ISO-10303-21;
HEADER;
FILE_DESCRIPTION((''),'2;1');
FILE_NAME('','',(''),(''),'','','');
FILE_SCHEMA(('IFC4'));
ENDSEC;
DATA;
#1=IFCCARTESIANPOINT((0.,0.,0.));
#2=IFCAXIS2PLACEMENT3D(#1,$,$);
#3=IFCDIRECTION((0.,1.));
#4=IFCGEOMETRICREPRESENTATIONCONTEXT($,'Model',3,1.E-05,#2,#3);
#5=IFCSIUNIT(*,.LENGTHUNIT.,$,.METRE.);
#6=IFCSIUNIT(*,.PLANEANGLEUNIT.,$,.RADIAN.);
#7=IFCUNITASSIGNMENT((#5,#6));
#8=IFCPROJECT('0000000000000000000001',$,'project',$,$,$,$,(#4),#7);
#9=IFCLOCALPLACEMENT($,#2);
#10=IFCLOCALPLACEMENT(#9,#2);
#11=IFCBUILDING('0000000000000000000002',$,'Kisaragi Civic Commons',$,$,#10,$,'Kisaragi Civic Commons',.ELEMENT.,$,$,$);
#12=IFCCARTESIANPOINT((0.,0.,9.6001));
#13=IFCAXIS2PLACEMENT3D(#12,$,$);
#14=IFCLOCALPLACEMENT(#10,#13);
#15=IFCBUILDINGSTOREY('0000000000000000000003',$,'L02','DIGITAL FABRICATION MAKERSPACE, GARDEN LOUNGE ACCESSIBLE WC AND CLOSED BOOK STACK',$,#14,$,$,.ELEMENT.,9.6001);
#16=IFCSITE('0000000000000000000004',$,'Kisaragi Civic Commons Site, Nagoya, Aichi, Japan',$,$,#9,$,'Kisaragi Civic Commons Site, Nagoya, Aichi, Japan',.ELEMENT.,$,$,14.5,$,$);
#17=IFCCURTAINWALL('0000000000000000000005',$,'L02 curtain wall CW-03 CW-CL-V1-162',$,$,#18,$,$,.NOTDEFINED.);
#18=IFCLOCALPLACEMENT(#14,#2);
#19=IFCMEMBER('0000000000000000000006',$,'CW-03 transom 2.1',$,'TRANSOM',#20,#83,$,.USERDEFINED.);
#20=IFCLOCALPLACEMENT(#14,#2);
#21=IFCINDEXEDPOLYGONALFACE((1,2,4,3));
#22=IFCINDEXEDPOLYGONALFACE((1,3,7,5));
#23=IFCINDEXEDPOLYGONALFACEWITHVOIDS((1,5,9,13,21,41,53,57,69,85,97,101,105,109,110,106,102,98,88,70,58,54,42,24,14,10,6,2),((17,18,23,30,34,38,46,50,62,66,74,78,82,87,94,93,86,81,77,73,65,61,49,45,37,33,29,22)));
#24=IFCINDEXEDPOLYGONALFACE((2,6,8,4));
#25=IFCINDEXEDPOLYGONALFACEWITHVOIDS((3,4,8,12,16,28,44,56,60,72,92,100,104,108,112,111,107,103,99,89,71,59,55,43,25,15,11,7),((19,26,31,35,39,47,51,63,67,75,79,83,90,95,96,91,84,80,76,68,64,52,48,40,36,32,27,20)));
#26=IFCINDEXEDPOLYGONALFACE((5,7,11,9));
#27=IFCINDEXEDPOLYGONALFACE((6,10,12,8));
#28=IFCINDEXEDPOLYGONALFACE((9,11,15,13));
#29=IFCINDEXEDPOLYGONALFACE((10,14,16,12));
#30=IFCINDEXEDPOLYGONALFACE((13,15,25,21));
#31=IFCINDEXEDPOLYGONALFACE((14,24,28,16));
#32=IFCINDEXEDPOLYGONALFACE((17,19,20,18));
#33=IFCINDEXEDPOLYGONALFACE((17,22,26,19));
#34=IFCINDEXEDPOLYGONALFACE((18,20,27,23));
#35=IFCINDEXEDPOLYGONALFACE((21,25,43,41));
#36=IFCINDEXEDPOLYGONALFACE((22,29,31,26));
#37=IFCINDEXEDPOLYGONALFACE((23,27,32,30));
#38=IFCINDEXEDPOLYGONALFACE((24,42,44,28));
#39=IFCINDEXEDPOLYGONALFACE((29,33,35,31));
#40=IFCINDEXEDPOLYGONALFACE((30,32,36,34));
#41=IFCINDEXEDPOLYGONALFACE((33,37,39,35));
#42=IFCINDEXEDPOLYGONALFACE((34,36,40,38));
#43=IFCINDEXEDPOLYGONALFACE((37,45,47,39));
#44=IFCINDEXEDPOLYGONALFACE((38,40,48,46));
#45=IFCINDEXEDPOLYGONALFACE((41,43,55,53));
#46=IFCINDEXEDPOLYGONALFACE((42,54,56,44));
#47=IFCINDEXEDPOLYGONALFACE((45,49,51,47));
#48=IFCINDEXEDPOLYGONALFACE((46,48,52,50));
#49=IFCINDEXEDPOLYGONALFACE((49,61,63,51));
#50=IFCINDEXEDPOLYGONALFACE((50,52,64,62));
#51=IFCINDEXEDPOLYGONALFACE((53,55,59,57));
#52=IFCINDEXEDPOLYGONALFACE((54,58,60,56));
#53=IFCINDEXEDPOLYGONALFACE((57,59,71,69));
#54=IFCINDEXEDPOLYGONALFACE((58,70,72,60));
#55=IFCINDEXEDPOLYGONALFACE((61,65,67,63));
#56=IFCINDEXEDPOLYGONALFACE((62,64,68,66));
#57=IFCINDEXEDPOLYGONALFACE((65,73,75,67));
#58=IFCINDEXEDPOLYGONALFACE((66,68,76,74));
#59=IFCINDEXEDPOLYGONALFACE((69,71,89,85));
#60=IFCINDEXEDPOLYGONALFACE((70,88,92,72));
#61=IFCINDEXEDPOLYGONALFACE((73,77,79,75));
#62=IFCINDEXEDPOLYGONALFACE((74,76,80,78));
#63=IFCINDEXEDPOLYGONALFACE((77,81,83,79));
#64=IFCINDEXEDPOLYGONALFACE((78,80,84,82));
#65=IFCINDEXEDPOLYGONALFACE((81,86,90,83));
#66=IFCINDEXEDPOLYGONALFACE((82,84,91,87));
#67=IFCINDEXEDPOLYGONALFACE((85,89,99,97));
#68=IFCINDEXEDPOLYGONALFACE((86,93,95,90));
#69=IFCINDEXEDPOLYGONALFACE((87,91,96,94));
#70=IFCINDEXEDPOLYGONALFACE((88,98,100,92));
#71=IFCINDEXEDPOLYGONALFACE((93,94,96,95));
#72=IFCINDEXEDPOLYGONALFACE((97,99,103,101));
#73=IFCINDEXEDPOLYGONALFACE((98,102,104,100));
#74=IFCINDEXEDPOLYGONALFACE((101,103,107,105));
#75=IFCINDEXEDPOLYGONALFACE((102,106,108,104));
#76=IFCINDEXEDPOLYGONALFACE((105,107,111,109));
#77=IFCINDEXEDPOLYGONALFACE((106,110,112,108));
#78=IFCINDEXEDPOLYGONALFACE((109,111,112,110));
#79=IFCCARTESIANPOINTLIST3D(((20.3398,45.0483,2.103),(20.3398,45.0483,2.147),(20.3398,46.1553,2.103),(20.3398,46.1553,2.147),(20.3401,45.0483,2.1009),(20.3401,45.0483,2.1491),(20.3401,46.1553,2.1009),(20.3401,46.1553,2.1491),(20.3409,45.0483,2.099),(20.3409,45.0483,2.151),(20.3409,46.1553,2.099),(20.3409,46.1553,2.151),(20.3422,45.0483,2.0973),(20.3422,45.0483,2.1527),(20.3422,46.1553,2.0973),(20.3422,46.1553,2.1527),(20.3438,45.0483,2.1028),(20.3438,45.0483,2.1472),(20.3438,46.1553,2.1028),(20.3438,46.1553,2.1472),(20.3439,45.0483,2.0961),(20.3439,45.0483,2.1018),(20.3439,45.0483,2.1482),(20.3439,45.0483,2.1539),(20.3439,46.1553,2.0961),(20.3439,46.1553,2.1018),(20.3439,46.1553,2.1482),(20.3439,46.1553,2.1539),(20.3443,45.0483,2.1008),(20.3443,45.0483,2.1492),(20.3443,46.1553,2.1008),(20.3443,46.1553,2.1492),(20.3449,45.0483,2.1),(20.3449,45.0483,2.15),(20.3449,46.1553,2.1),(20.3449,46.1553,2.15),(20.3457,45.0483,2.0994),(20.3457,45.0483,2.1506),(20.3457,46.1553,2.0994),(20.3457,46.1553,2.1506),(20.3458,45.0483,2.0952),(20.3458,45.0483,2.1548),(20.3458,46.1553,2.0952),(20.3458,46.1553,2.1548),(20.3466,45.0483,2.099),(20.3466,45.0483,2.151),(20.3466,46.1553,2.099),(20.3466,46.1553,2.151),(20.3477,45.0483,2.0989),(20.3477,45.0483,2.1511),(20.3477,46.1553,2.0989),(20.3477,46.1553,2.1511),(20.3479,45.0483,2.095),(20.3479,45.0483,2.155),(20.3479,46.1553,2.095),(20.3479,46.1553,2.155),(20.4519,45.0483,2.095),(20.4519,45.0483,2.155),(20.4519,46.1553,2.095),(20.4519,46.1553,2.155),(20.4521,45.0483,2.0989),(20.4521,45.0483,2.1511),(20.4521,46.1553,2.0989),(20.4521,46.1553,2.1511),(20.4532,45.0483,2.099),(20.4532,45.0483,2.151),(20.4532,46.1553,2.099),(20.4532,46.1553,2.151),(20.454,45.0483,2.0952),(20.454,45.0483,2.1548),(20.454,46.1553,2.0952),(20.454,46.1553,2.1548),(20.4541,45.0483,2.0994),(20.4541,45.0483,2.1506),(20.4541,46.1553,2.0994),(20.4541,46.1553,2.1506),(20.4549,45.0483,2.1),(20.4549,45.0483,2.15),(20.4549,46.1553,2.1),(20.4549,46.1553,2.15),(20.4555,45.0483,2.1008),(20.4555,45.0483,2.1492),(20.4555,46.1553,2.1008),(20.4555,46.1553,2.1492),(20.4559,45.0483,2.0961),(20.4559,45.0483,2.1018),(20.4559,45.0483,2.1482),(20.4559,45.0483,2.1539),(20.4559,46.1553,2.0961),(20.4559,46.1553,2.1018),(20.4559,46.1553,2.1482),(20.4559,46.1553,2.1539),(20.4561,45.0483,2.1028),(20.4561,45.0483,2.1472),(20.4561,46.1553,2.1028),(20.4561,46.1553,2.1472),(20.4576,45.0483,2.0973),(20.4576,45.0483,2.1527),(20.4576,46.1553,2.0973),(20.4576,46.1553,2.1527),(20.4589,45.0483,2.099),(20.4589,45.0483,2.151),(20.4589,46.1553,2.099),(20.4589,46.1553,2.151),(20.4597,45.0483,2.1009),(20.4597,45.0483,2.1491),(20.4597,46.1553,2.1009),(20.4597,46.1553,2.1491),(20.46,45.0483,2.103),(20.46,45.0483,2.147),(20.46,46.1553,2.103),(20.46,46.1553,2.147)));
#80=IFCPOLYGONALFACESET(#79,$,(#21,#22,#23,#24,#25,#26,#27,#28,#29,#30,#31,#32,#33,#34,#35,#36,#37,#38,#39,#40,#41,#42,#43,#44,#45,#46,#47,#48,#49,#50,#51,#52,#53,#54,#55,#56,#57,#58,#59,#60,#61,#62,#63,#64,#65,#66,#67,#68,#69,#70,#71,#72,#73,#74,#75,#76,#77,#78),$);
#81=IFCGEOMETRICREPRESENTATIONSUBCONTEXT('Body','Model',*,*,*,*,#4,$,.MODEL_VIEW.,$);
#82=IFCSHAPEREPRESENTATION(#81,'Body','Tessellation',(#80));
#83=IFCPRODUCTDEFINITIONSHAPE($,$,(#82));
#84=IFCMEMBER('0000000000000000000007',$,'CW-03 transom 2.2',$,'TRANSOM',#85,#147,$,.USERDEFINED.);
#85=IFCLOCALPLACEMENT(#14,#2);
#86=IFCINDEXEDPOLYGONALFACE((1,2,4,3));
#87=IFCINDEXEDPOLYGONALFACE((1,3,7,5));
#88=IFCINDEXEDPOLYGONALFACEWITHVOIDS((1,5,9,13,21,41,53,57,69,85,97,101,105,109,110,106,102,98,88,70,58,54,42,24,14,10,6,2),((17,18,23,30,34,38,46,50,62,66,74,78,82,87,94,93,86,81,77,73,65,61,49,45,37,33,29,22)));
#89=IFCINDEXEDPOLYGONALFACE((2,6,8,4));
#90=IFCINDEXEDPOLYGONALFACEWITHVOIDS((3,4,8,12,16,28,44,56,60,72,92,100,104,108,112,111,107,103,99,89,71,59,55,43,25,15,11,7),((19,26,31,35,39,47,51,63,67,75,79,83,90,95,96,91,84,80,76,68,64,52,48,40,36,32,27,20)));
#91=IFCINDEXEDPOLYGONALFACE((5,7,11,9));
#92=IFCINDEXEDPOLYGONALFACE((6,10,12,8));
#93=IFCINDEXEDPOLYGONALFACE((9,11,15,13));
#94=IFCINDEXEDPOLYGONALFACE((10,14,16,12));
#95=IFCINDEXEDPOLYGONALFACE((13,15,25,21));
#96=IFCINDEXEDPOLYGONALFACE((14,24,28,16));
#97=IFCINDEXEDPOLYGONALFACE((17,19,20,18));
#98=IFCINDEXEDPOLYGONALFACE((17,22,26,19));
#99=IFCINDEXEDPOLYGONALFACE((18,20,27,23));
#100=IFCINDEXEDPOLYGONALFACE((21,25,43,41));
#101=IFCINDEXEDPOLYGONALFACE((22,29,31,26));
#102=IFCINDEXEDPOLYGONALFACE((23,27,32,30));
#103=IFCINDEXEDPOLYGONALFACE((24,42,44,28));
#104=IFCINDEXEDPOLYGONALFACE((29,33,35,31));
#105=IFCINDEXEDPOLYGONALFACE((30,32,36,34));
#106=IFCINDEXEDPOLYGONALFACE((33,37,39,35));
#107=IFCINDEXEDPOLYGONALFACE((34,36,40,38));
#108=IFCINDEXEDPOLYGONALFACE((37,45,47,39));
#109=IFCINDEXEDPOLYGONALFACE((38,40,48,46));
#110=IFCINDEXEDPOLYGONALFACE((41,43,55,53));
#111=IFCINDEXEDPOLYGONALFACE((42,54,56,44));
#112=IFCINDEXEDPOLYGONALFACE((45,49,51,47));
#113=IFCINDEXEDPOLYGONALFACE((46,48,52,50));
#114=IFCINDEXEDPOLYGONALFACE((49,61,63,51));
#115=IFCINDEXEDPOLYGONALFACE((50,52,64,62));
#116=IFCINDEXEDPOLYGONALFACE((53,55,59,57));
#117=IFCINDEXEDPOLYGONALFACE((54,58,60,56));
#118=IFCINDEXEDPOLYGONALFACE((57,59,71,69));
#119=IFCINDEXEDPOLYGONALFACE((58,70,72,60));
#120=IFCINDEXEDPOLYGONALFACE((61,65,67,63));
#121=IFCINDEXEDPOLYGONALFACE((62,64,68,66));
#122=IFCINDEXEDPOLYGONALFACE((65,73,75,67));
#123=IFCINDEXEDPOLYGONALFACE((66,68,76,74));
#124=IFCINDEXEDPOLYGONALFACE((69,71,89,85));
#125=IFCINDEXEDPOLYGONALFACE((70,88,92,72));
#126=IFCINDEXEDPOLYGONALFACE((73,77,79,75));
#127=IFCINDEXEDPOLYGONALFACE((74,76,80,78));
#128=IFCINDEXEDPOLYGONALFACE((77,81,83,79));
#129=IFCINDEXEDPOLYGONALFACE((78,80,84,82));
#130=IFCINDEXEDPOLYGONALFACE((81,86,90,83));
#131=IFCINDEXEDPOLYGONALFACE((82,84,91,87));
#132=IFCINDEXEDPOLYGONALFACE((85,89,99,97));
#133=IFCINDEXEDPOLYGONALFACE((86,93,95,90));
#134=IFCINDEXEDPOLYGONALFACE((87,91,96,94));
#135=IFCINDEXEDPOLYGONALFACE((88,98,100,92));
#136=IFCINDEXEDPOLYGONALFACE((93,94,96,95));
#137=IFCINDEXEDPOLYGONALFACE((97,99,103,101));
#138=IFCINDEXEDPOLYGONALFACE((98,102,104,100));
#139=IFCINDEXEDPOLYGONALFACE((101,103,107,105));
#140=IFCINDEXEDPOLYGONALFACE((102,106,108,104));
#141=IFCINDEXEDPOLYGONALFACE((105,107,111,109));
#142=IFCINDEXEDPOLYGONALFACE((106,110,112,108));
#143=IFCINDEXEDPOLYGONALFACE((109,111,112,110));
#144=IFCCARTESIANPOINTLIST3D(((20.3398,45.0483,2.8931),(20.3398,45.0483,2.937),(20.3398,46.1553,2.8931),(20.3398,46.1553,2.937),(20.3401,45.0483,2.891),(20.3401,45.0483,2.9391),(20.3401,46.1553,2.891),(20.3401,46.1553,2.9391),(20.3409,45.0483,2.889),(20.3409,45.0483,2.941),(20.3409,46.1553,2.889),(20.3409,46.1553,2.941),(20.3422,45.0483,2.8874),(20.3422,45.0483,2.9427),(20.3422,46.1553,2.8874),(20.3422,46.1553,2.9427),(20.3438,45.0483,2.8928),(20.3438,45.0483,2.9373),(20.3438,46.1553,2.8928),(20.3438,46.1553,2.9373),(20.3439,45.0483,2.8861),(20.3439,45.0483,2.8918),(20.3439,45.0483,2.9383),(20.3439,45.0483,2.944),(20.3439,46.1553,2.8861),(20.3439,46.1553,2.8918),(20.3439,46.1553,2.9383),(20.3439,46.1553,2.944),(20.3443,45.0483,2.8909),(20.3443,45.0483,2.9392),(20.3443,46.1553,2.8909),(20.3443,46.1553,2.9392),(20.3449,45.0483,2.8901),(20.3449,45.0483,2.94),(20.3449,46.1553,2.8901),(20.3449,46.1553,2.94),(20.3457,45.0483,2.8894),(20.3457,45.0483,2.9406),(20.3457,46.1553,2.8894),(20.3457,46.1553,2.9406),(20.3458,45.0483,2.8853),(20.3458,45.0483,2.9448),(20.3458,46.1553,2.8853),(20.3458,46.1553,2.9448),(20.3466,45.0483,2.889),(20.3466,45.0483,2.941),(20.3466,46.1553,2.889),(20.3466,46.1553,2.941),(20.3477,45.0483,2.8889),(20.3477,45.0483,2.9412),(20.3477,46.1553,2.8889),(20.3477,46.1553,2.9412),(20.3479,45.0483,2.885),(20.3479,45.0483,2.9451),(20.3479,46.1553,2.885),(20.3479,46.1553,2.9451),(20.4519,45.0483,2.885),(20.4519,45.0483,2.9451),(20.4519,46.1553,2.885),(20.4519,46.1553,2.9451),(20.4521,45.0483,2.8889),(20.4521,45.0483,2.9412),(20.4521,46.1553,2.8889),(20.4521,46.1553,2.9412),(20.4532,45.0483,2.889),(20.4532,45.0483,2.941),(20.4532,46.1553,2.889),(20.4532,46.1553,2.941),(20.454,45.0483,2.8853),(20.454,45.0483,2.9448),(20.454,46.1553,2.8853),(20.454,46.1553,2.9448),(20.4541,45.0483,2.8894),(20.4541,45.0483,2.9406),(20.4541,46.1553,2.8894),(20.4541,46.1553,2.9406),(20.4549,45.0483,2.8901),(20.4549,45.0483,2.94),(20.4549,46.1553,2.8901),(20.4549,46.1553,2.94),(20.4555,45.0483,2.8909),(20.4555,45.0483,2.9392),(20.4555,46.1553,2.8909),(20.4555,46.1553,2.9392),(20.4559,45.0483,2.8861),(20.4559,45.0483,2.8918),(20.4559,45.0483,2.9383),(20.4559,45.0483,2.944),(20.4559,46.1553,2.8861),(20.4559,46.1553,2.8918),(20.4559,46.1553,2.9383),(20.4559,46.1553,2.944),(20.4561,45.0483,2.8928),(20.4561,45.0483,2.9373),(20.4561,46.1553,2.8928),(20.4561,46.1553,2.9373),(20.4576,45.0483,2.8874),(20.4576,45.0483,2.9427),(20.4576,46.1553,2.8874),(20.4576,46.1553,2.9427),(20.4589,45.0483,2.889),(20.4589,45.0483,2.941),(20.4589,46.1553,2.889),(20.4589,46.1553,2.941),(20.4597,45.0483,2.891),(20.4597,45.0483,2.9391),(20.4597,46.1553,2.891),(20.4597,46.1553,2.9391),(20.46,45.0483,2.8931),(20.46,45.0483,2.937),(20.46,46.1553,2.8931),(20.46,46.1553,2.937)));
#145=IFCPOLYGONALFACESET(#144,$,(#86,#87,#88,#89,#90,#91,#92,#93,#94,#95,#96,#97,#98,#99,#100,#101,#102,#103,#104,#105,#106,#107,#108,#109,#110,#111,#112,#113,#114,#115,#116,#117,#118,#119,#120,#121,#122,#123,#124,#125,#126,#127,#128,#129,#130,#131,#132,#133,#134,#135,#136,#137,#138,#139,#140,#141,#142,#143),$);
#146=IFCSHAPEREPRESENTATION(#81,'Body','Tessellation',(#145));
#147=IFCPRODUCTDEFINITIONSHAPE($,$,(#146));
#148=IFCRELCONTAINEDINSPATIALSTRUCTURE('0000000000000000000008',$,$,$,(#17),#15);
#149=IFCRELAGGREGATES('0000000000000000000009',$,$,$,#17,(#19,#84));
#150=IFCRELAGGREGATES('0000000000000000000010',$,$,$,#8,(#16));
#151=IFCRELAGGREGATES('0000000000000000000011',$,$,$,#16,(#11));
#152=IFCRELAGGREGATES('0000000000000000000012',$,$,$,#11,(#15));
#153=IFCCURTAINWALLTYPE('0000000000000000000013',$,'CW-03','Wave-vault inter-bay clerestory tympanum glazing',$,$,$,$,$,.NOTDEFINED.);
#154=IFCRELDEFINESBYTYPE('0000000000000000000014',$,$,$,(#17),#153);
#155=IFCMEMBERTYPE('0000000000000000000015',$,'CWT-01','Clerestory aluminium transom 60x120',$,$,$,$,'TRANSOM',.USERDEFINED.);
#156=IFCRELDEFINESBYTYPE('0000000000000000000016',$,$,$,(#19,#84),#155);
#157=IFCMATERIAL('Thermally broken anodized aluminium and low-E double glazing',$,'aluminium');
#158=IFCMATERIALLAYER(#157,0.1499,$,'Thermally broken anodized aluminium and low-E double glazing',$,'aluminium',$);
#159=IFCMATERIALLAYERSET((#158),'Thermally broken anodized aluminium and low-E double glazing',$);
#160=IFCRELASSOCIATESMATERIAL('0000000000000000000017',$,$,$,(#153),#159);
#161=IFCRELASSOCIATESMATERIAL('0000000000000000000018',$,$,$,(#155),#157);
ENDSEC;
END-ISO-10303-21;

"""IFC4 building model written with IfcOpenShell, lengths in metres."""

from ifc_helpers import new_model, si_unit, direction, frame, origin, origin_2d, place, context, subcontext, project, spatial, hollow_rectangle, extrude, material, layer, layer_set, material_profile, profile_set, type_object, element, aggregate, save


model = new_model("IFC4")

# Units and contexts
model_context = context("Model", 3, precision=1e-05, world=origin(), true_north=direction((0.0, 1.0)))
body_context = subcontext(model_context, "Body", "Model", "MODEL_VIEW")
ifc_project = project(units=[si_unit("LENGTHUNIT", "METRE"), si_unit("PLANEANGLEUNIT", "RADIAN")], contexts=[model_context])

# Site, building, storey
site_placement = place(None, origin())
site = spatial("IfcSite", under=ifc_project, at=site_placement, Name="Kisaragi Civic Commons Site, Nagoya, Aichi, Japan", LongName="Kisaragi Civic Commons Site, Nagoya, Aichi, Japan", CompositionType="ELEMENT", RefElevation=14.5)
building_placement = place(site_placement, origin())
building = spatial("IfcBuilding", under=site, at=building_placement, Name="Kisaragi Civic Commons", LongName="Kisaragi Civic Commons", CompositionType="ELEMENT")
storey_placement = place(building_placement, frame((0.0, 0.0, 9.6001)))
storey = spatial("IfcBuildingStorey", under=building, at=storey_placement, Name="L02", Description="DIGITAL FABRICATION MAKERSPACE, GARDEN LOUNGE ACCESSIBLE WC AND CLOSED BOOK STACK", CompositionType="ELEMENT", Elevation=9.6001)

# Curtain wall, members
ifc_material_1 = material(Name="Thermally broken anodized aluminium and low-E double glazing", Category="aluminium")
ifc_layer_1 = layer(ifc_material_1, 0.1499, Name="Thermally broken anodized aluminium and low-E double glazing", Category="aluminium")
ifc_layer_set_1 = layer_set([ifc_layer_1], Name="Thermally broken anodized aluminium and low-E double glazing")
curtain_wall_type = type_object("IfcCurtainWallType", Name="CW-03", Description="Wave-vault inter-bay clerestory tympanum glazing", PredefinedType="NOTDEFINED", material=ifc_layer_set_1)
curtain_wall_placement = place(storey_placement, origin())
curtain_wall = element("IfcCurtainWall", 1, at=curtain_wall_placement, inside=storey, type_object=curtain_wall_type, Name="L02 curtain wall CW-03 CW-CL-V1-162", PredefinedType="NOTDEFINED")
ifc_material_profile_1 = material_profile(ifc_material_1, hollow_rectangle(XDim=0.1201, YDim=0.0601, WallThickness=0.0039, InnerFilletRadius=0.0039, OuterFilletRadius=0.0081, at=origin_2d()), Name="CWT-60x120x4", Category="aluminium")
ifc_profile_set_1 = profile_set([ifc_material_profile_1], Name="Thermally broken anodized aluminium and low-E double glazing")
member_type_1 = type_object("IfcMemberType", Name="CWT-01", Description="Clerestory aluminium transom 60x120", ElementType="TRANSOM", PredefinedType="USERDEFINED", material=ifc_profile_set_1)
member_1_placement = place(storey_placement, frame((20.3999, 45.0483, 2.125), z_axis=(0.0, 1.0, 0.0), x_axis=(-1.0, 0.0, 0.0)))
member_1 = element("IfcMember", 2, at=member_1_placement, type_object=member_type_1, Name="CW-03 transom 2.1", ObjectType="TRANSOM", PredefinedType="USERDEFINED", context=body_context, shape_type="SweptSolid", body=[
    extrude(hollow_rectangle(XDim=0.1201, YDim=0.0601, WallThickness=0.0039, InnerFilletRadius=0.0039, OuterFilletRadius=0.0081, at=origin_2d()), origin(), (0.0, 0.0, 1.0), 1.1069),
])
member_2_placement = place(storey_placement, frame((20.3999, 45.0483, 2.915), z_axis=(0.0, 1.0, 0.0), x_axis=(-1.0, 0.0, 0.0)))
member_2 = element("IfcMember", 3, at=member_2_placement, type_object=member_type_1, Name="CW-03 transom 2.2", ObjectType="TRANSOM", PredefinedType="USERDEFINED", context=body_context, shape_type="SweptSolid", body=[
    extrude(hollow_rectangle(XDim=0.1201, YDim=0.0601, WallThickness=0.0039, InnerFilletRadius=0.0039, OuterFilletRadius=0.0081, at=origin_2d()), origin(), (0.0, 0.0, 1.0), 1.1069),
])

aggregate(curtain_wall, [member_1, member_2])

save(model, "model.ifc")
